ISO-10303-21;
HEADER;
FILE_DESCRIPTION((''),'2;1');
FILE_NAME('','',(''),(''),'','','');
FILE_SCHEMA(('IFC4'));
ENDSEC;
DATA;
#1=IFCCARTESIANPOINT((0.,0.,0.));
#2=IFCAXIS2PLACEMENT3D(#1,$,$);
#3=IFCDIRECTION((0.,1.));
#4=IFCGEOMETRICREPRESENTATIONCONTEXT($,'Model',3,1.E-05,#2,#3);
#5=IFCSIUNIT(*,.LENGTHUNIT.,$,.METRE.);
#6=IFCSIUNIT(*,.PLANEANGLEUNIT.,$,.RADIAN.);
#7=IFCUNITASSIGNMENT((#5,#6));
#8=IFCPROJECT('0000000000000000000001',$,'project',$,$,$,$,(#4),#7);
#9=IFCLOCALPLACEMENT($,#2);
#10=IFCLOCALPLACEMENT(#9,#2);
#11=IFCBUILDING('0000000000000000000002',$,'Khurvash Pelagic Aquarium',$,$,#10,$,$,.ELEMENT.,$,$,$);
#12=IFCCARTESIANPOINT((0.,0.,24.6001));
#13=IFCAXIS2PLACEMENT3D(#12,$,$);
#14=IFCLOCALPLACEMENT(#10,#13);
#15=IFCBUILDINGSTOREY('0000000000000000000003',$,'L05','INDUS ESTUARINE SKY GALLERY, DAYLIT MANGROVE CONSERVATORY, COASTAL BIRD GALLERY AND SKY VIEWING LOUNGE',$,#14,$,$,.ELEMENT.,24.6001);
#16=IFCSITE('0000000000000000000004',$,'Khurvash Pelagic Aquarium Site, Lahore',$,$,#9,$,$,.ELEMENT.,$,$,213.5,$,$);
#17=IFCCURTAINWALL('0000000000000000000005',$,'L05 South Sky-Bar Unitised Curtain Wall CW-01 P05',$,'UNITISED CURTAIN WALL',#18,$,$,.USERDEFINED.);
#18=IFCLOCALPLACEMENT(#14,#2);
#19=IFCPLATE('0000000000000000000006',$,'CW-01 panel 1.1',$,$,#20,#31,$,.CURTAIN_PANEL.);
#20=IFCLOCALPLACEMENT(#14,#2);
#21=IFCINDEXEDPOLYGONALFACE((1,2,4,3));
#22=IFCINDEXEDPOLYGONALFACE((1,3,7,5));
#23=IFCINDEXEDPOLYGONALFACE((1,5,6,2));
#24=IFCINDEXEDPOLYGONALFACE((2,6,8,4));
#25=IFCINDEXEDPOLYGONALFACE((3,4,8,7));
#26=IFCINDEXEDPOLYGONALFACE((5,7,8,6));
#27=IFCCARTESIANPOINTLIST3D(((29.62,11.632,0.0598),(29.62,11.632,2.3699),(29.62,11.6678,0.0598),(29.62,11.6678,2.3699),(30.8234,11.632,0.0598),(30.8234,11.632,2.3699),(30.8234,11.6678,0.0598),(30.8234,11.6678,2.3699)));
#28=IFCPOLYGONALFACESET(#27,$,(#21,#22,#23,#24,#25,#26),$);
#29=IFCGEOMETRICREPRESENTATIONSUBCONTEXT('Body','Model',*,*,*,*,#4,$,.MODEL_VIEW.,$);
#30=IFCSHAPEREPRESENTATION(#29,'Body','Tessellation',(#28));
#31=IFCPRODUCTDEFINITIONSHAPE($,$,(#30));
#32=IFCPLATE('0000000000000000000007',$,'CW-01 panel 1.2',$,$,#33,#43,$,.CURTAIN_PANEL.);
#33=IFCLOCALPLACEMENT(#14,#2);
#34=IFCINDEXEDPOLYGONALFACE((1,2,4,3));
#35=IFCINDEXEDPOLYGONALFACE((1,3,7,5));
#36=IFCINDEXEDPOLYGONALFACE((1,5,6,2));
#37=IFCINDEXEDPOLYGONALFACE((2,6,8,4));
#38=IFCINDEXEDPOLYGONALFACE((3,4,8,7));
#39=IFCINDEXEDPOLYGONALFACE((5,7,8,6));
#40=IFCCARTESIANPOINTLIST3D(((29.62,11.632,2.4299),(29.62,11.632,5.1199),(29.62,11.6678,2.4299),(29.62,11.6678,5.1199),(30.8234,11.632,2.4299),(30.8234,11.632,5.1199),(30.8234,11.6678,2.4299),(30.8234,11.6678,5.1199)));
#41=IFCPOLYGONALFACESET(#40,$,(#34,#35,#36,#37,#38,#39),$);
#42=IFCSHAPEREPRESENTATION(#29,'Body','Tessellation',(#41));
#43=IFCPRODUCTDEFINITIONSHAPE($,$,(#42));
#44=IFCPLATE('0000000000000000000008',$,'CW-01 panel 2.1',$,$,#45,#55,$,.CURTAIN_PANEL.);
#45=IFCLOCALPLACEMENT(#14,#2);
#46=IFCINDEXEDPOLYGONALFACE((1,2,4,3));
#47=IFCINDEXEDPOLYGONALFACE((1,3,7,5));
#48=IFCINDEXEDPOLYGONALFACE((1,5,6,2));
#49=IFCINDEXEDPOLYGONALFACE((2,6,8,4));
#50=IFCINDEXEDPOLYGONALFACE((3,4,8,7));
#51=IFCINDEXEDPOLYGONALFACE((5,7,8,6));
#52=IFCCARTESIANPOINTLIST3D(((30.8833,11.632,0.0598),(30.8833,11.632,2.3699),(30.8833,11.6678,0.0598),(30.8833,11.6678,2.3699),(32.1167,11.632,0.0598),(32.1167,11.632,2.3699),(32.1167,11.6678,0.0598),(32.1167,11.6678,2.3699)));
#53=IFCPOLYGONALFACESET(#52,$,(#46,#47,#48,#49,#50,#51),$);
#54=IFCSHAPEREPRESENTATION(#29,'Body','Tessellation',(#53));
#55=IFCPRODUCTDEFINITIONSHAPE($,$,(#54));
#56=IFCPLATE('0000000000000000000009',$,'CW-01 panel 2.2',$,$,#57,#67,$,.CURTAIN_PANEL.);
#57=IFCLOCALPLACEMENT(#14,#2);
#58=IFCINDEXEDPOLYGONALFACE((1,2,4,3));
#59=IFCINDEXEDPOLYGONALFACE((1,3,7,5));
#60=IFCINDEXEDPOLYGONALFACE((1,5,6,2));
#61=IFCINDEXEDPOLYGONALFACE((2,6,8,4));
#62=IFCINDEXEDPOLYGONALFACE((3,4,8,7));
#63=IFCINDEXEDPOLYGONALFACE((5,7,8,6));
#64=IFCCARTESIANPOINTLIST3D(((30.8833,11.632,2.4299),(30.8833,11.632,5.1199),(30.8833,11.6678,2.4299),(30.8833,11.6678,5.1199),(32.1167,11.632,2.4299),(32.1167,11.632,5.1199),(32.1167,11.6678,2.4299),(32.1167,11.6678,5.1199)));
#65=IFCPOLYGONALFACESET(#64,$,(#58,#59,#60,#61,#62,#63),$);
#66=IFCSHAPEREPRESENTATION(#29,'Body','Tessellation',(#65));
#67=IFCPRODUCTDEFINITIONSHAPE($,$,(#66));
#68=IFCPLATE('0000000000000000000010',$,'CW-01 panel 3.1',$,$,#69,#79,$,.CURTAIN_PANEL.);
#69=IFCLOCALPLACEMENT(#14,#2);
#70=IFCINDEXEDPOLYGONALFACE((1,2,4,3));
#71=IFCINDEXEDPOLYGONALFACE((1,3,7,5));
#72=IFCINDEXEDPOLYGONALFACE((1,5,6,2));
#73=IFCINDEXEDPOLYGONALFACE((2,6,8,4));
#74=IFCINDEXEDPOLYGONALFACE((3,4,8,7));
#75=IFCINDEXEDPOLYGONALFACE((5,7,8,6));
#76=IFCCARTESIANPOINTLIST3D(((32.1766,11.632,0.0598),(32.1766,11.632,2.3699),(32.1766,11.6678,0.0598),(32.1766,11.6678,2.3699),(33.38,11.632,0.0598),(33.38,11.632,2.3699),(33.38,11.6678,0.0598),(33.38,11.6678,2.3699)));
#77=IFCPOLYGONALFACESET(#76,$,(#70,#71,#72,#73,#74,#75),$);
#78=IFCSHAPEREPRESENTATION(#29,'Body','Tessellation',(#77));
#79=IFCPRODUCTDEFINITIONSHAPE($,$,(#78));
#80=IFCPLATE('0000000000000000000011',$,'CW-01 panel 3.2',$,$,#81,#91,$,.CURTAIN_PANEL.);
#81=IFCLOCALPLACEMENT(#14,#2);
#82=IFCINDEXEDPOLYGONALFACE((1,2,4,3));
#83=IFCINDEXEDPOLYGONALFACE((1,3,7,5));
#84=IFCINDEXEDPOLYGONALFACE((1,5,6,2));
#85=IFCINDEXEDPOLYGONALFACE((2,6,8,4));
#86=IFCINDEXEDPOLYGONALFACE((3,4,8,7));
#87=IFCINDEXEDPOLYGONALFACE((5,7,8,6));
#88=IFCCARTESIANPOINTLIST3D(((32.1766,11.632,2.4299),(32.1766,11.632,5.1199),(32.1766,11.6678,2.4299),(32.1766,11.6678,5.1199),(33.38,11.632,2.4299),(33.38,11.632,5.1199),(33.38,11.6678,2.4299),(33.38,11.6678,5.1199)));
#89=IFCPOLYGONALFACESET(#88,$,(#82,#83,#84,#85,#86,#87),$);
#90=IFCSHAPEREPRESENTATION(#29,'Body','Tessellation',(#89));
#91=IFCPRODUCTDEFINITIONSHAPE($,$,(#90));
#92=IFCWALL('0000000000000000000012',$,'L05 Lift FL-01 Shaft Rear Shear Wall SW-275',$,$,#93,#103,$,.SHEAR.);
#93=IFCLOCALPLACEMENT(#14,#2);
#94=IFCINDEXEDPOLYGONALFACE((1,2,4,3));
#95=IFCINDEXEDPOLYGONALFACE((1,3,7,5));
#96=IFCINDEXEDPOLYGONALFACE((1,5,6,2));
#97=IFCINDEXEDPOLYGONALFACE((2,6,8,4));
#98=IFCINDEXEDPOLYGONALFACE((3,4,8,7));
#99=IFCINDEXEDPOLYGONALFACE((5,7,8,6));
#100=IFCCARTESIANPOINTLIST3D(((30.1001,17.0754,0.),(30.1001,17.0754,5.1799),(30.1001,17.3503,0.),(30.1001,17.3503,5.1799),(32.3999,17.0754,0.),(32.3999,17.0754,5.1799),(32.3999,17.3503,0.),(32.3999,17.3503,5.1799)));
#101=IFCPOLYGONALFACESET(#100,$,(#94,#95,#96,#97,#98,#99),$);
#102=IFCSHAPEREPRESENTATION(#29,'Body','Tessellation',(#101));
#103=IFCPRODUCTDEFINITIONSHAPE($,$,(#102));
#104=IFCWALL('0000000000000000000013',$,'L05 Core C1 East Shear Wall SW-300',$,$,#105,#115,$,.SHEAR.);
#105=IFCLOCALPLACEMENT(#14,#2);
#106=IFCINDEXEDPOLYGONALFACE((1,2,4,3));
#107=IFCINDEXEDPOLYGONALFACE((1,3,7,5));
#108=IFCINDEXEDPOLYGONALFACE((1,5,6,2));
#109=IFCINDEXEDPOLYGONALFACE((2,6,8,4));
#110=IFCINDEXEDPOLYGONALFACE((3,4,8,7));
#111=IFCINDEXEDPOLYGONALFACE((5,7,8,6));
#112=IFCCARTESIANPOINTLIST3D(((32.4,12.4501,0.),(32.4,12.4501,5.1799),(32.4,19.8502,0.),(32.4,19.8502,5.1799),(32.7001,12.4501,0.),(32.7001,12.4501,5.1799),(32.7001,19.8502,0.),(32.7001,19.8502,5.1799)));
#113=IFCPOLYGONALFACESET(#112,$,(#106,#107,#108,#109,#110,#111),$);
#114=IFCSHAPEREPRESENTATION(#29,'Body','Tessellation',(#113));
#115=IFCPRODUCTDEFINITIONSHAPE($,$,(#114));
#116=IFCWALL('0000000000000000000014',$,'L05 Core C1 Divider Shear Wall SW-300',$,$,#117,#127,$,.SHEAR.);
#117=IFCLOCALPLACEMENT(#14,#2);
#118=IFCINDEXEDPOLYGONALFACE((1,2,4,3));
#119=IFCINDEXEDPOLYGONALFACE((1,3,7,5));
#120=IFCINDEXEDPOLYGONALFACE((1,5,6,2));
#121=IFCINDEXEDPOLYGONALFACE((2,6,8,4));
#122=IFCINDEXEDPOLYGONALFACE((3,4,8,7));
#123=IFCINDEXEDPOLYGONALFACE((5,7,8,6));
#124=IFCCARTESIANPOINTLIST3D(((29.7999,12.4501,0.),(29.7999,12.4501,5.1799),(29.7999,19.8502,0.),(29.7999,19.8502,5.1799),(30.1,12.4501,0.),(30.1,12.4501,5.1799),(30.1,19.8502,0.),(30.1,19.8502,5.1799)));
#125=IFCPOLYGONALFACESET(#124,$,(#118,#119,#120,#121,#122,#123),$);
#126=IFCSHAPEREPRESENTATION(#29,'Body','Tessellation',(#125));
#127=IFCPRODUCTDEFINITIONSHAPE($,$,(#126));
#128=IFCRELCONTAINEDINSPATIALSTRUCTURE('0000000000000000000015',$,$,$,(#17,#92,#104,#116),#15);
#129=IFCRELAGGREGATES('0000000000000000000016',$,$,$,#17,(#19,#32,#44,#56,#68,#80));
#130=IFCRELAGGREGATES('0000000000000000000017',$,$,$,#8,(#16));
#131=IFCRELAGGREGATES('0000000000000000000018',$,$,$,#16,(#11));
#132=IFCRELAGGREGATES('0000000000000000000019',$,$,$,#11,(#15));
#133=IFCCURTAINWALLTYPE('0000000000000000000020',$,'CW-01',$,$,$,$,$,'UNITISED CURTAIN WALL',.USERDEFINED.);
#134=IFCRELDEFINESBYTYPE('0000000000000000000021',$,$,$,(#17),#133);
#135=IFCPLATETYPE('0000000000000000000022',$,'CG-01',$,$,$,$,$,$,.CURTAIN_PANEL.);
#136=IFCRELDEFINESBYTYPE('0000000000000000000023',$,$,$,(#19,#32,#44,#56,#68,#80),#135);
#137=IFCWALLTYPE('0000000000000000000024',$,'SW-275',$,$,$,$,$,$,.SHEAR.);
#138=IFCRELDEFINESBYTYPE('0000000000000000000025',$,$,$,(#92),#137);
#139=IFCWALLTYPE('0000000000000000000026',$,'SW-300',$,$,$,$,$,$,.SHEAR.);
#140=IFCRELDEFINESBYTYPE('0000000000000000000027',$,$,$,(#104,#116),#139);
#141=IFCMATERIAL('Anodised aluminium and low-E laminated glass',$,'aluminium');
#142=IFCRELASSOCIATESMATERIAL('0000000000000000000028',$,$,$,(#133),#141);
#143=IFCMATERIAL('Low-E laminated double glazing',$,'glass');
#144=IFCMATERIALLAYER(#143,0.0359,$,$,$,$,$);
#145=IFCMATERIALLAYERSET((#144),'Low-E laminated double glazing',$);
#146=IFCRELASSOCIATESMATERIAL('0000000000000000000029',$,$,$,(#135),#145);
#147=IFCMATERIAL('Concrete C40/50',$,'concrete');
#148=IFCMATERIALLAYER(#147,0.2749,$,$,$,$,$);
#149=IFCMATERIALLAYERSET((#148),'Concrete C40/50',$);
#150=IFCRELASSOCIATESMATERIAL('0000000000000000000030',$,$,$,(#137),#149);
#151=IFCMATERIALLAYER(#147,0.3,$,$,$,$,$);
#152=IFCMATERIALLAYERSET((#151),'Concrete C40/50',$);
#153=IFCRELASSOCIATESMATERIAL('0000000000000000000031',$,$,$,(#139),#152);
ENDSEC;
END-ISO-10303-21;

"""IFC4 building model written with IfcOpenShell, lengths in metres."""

from ifc_helpers import new_model, si_unit, direction, frame, frame_2d, origin, origin_2d, place, context, subcontext, project, spatial, rectangle, extrude, material, layer, layer_set, type_object, element, aggregate, save


model = new_model("IFC4")

# Units and contexts
model_context = context("Model", 3, precision=1e-05, world=origin(), true_north=direction((0.0, 1.0)))
body_context = subcontext(model_context, "Body", "Model", "MODEL_VIEW")
ifc_project = project(units=[si_unit("LENGTHUNIT", "METRE"), si_unit("PLANEANGLEUNIT", "RADIAN")], contexts=[model_context])

# Site, building, storey
site_placement = place(None, origin())
site = spatial("IfcSite", under=ifc_project, at=site_placement, Name="Khurvash Pelagic Aquarium Site, Lahore", CompositionType="ELEMENT", RefElevation=213.5)
building_placement = place(site_placement, origin())
building = spatial("IfcBuilding", under=site, at=building_placement, Name="Khurvash Pelagic Aquarium", CompositionType="ELEMENT")
storey_placement = place(building_placement, frame((0.0, 0.0, 24.6001)))
storey = spatial("IfcBuildingStorey", under=building, at=storey_placement, Name="L05", Description="INDUS ESTUARINE SKY GALLERY, DAYLIT MANGROVE CONSERVATORY, COASTAL BIRD GALLERY AND SKY VIEWING LOUNGE", CompositionType="ELEMENT", Elevation=24.6001)

# Curtain wall
ifc_material_1 = material(Name="Anodised aluminium and low-E laminated glass", Category="aluminium")
curtain_wall_type = type_object("IfcCurtainWallType", Name="CW-01", ElementType="UNITISED CURTAIN WALL", PredefinedType="USERDEFINED", material=ifc_material_1)
curtain_wall_placement = place(storey_placement, origin())
curtain_wall = element("IfcCurtainWall", 1, at=curtain_wall_placement, inside=storey, type_object=curtain_wall_type, Name="L05 South Sky-Bar Unitised Curtain Wall CW-01 P05", ObjectType="UNITISED CURTAIN WALL", PredefinedType="USERDEFINED")

# Plates
ifc_material_2 = material(Name="Low-E laminated double glazing", Category="glass")
ifc_layer_1 = layer(ifc_material_2, 0.0359)
ifc_layer_set_1 = layer_set([ifc_layer_1], Name="Low-E laminated double glazing")
plate_type = type_object("IfcPlateType", Name="CG-01", PredefinedType="CURTAIN_PANEL", material=ifc_layer_set_1)
plate_1_placement = place(storey_placement, frame((30.2217, 11.6499, 0.0598), z_axis=(0.0, 0.0, 1.0), x_axis=(1.0, 0.0, 0.0)))
plate_1 = element("IfcPlate", 2, at=plate_1_placement, type_object=plate_type, Name="CW-01 panel 1.1", PredefinedType="CURTAIN_PANEL", context=body_context, shape_type="SweptSolid", body=[
    extrude(rectangle(XDim=1.2034, YDim=0.0359, at=origin_2d()), origin(), (0.0, 0.0, 1.0), 2.3101),
])
plate_2_placement = place(storey_placement, frame((30.2217, 11.6499, 2.4299), z_axis=(0.0, 0.0, 1.0), x_axis=(1.0, 0.0, 0.0)))
plate_2 = element("IfcPlate", 3, at=plate_2_placement, type_object=plate_type, Name="CW-01 panel 1.2", PredefinedType="CURTAIN_PANEL", context=body_context, shape_type="SweptSolid", body=[
    extrude(rectangle(XDim=1.2034, YDim=0.0359, at=origin_2d()), origin(), (0.0, 0.0, 1.0), 2.6899),
])
plate_3_placement = place(storey_placement, frame((31.5, 11.6499, 0.0598), z_axis=(0.0, 0.0, 1.0), x_axis=(1.0, 0.0, 0.0)))
plate_3 = element("IfcPlate", 4, at=plate_3_placement, type_object=plate_type, Name="CW-01 panel 2.1", PredefinedType="CURTAIN_PANEL", context=body_context, shape_type="SweptSolid", body=[
    extrude(rectangle(XDim=1.2334, YDim=0.0359, at=origin_2d()), origin(), (0.0, 0.0, 1.0), 2.3101),
])
plate_4_placement = place(storey_placement, frame((31.5, 11.6499, 2.4299), z_axis=(0.0, 0.0, 1.0), x_axis=(1.0, 0.0, 0.0)))
plate_4 = element("IfcPlate", 5, at=plate_4_placement, type_object=plate_type, Name="CW-01 panel 2.2", PredefinedType="CURTAIN_PANEL", context=body_context, shape_type="SweptSolid", body=[
    extrude(rectangle(XDim=1.2334, YDim=0.0359, at=origin_2d()), origin(), (0.0, 0.0, 1.0), 2.6899),
])
plate_5_placement = place(storey_placement, frame((32.7783, 11.6499, 0.0598), z_axis=(0.0, 0.0, 1.0), x_axis=(1.0, 0.0, 0.0)))
plate_5 = element("IfcPlate", 6, at=plate_5_placement, type_object=plate_type, Name="CW-01 panel 3.1", PredefinedType="CURTAIN_PANEL", context=body_context, shape_type="SweptSolid", body=[
    extrude(rectangle(XDim=1.2034, YDim=0.0359, at=origin_2d()), origin(), (0.0, 0.0, 1.0), 2.3101),
])
plate_6_placement = place(storey_placement, frame((32.7783, 11.6499, 2.4299), z_axis=(0.0, 0.0, 1.0), x_axis=(1.0, 0.0, 0.0)))
plate_6 = element("IfcPlate", 7, at=plate_6_placement, type_object=plate_type, Name="CW-01 panel 3.2", PredefinedType="CURTAIN_PANEL", context=body_context, shape_type="SweptSolid", body=[
    extrude(rectangle(XDim=1.2034, YDim=0.0359, at=origin_2d()), origin(), (0.0, 0.0, 1.0), 2.6899),
])
aggregate(curtain_wall, [plate_1, plate_2, plate_3, plate_4, plate_5, plate_6])

# Walls
ifc_material_3 = material(Name="Concrete C40/50", Category="concrete")
ifc_layer_2 = layer(ifc_material_3, 0.2749)
ifc_layer_set_2 = layer_set([ifc_layer_2], Name="Concrete C40/50")
wall_type_1 = type_object("IfcWallType", Name="SW-275", PredefinedType="SHEAR", material=ifc_layer_set_2)
wall_placement = place(storey_placement, frame((30.1001, 17.2129, 0.0), z_axis=(0.0, 0.0, 1.0), x_axis=(1.0, 0.0, 0.0)))
element("IfcWall", 8, at=wall_placement, inside=storey, type_object=wall_type_1, Name="L05 Lift FL-01 Shaft Rear Shear Wall SW-275", PredefinedType="SHEAR", context=body_context, shape_type="SweptSolid", body=[
    extrude(rectangle(XDim=2.2998, YDim=0.2749, at=frame_2d((1.1499, 0.0))), origin(), (0.0, 0.0, 1.0), 5.1799),
])
ifc_layer_3 = layer(ifc_material_3, 0.3)
ifc_layer_set_3 = layer_set([ifc_layer_3], Name="Concrete C40/50")
wall_type_2 = type_object("IfcWallType", Name="SW-300", PredefinedType="SHEAR", material=ifc_layer_set_3)
for number, where, z_axis, x_axis, name in (
    (9, (32.55, 12.45, 0.0), (0.0, 0.0, 1.0), (0.0, 1.0, 0.0), "L05 Core C1 East Shear Wall SW-300"),
    (10, (29.95, 12.45, 0.0), (0.0, 0.0, 1.0), (0.0, 1.0, 0.0), "L05 Core C1 Divider Shear Wall SW-300"),
):
    element("IfcWall", number, at=place(storey_placement, frame(where, z_axis=z_axis, x_axis=x_axis)), inside=storey, type_object=wall_type_2, Name=name, PredefinedType="SHEAR", context=body_context, shape_type="SweptSolid", body=[
        extrude(rectangle(XDim=7.4001, YDim=0.3, at=frame_2d((3.7002, 0.0))), origin(), (0.0, 0.0, 1.0), 5.1799),
    ])

save(model, "model.ifc")
